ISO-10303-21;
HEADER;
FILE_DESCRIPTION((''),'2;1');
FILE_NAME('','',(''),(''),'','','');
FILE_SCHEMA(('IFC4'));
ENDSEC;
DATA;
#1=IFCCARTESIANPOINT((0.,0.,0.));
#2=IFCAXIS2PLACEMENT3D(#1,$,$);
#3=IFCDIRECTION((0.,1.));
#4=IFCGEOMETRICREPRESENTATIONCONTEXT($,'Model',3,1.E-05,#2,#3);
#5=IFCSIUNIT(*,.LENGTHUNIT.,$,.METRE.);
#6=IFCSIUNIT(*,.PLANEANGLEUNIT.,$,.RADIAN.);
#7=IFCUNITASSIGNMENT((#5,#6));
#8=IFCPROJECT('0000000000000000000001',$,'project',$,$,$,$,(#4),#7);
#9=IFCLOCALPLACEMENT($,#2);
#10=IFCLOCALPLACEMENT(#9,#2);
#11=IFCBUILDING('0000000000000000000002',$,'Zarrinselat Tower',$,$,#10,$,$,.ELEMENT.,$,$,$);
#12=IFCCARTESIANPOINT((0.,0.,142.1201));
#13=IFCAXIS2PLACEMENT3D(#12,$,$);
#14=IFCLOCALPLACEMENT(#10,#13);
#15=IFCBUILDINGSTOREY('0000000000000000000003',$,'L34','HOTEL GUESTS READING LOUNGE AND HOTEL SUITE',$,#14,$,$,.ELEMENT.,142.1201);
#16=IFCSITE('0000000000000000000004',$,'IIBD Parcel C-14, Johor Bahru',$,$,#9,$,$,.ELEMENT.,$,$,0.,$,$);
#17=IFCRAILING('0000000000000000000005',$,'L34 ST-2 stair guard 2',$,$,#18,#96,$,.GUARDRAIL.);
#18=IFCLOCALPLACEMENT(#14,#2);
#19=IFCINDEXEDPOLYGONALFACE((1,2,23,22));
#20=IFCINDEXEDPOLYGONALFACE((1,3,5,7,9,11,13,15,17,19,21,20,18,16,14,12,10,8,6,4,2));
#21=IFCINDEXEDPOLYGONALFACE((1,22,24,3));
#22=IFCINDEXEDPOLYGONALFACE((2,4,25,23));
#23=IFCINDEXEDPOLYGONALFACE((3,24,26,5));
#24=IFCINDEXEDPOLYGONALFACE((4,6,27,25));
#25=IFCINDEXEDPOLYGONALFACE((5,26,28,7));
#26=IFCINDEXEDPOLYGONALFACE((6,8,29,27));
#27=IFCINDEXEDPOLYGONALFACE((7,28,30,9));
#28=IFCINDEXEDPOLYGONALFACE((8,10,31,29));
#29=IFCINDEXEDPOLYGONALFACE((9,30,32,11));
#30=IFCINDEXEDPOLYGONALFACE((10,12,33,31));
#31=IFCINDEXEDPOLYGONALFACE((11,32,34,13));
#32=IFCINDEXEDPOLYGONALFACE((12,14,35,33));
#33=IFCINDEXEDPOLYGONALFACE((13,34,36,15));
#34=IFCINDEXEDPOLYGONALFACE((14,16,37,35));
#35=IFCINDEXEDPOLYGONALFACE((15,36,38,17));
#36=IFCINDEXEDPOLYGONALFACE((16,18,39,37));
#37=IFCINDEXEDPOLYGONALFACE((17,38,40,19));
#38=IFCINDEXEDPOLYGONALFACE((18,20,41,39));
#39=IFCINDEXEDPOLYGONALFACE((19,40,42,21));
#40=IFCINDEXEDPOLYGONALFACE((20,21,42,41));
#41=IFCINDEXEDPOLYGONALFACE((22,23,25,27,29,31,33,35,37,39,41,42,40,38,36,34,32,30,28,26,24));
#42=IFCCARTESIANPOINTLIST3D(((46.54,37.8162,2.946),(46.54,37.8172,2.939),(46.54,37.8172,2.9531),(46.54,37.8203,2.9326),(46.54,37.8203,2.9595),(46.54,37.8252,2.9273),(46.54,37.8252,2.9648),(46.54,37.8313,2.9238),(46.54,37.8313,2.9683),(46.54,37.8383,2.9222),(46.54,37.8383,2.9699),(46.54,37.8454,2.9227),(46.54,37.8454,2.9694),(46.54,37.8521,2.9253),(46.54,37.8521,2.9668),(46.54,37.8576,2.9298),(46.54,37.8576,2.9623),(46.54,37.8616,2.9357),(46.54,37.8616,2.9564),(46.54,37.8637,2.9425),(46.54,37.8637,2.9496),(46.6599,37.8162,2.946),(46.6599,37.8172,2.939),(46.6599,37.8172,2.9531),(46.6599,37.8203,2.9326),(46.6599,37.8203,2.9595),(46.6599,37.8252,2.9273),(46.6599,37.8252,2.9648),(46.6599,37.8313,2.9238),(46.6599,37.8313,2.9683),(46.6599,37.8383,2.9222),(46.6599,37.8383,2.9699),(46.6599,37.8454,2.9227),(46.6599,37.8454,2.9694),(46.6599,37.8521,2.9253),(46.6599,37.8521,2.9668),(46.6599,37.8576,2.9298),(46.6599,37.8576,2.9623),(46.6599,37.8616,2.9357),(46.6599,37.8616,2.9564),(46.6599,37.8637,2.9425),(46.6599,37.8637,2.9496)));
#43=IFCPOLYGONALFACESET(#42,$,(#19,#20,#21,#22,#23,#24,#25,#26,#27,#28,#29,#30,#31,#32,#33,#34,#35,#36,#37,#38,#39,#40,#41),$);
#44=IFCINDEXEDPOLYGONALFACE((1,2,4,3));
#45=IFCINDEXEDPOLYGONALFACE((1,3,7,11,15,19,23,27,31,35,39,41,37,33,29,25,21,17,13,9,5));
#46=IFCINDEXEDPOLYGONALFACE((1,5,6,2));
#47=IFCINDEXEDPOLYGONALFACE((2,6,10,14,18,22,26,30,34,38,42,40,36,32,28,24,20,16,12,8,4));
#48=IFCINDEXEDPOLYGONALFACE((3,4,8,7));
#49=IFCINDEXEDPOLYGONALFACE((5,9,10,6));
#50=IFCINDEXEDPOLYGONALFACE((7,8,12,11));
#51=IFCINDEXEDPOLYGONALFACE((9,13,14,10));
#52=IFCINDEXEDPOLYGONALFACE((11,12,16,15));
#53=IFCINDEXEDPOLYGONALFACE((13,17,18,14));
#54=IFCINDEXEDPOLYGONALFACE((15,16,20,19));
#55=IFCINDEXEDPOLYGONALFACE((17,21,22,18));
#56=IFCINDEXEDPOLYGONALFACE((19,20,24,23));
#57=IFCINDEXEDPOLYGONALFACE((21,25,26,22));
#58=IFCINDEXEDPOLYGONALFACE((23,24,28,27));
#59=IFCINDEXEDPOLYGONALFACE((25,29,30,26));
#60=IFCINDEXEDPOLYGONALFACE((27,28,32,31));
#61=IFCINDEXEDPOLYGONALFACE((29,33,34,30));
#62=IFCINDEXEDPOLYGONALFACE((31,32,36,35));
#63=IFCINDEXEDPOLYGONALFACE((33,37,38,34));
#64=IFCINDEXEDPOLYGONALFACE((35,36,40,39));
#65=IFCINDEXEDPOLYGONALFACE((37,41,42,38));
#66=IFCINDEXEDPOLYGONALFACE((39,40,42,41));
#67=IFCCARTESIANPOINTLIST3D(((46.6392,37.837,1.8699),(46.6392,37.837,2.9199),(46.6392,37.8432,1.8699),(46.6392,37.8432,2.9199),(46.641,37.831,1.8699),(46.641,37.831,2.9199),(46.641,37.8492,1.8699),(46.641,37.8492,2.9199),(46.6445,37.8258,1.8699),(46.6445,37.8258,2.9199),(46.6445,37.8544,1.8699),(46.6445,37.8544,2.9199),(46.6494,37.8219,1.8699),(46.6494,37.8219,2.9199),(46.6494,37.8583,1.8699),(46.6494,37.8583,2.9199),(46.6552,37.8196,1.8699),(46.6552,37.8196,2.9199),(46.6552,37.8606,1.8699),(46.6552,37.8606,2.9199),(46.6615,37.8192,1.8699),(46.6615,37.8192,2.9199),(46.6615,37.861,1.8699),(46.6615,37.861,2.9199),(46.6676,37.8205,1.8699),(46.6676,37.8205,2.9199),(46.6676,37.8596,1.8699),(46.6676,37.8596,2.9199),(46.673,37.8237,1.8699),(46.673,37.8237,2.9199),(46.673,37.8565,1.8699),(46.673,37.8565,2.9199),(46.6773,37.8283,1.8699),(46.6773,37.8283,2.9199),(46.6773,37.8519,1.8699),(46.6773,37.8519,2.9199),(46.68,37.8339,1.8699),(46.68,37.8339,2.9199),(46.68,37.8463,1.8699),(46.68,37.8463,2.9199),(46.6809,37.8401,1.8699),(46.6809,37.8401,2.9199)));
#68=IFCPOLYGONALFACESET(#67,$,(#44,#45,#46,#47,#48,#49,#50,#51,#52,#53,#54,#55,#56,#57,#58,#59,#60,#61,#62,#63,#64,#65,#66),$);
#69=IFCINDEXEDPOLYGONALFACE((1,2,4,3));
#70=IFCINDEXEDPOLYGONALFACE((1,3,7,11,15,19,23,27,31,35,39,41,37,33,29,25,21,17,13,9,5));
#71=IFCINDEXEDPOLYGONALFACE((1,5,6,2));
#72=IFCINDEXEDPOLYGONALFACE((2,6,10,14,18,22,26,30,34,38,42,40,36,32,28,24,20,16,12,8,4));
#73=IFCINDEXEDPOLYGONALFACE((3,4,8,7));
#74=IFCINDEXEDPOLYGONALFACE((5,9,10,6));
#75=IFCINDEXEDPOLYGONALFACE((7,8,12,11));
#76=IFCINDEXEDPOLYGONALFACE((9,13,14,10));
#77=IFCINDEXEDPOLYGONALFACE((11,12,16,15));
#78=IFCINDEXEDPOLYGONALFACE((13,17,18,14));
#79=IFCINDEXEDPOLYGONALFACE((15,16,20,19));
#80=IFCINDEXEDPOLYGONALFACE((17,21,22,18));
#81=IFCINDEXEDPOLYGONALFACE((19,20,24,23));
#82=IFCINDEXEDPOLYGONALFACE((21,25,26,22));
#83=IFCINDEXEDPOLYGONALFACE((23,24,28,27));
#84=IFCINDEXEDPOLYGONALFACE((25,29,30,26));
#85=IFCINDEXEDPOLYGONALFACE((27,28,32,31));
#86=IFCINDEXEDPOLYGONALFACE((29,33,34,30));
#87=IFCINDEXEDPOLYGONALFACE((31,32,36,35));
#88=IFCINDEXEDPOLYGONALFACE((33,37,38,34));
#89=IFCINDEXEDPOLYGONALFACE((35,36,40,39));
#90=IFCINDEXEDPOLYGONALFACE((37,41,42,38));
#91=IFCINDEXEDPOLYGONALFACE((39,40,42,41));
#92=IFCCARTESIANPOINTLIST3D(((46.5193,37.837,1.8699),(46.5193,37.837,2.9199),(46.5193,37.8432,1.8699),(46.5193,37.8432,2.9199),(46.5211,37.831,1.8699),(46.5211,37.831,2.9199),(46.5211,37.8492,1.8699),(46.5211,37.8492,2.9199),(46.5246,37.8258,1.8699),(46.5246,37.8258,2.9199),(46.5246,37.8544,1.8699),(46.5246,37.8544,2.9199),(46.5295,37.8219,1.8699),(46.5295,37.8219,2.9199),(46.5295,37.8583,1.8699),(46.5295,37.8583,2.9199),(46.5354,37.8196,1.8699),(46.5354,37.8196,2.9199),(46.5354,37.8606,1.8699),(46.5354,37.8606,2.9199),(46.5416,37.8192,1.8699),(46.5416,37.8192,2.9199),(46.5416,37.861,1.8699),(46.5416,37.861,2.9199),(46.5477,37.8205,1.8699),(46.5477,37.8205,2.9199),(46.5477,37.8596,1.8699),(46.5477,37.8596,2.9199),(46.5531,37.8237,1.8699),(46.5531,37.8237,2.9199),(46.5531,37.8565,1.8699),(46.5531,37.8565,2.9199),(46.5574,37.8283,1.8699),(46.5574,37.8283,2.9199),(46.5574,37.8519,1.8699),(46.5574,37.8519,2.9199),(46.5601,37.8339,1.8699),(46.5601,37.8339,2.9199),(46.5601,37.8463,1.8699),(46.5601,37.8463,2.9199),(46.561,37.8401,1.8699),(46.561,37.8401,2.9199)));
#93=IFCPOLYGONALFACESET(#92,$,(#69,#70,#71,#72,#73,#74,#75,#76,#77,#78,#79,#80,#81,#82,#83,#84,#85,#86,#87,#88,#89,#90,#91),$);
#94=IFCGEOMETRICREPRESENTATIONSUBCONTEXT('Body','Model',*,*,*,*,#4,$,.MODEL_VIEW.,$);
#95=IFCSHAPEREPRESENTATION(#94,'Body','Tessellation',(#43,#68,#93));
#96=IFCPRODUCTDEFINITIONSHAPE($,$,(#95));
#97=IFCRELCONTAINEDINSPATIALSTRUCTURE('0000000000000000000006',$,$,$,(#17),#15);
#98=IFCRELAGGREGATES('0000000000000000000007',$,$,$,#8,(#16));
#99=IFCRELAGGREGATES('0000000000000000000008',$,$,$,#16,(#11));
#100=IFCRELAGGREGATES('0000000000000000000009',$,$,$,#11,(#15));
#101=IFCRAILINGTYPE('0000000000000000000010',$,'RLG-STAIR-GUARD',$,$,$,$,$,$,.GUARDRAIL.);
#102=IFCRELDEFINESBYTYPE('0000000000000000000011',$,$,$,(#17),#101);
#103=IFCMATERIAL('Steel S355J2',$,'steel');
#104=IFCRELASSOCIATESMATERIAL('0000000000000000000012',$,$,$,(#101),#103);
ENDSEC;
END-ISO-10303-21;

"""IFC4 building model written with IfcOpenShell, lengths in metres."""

from ifc_helpers import new_model, si_unit, direction, frame, origin, origin_2d, place, context, subcontext, project, spatial, circle, extrude, material, type_object, element, save


model = new_model("IFC4")

# Units and contexts
model_context = context("Model", 3, precision=1e-05, world=origin(), true_north=direction((0.0, 1.0)))
body_context = subcontext(model_context, "Body", "Model", "MODEL_VIEW")
ifc_project = project(units=[si_unit("LENGTHUNIT", "METRE"), si_unit("PLANEANGLEUNIT", "RADIAN")], contexts=[model_context])

# Site, building, storey
site_placement = place(None, origin())
site = spatial("IfcSite", under=ifc_project, at=site_placement, Name="IIBD Parcel C-14, Johor Bahru", CompositionType="ELEMENT", RefElevation=0.0)
building_placement = place(site_placement, origin())
building = spatial("IfcBuilding", under=site, at=building_placement, Name="Zarrinselat Tower", CompositionType="ELEMENT")
storey_placement = place(building_placement, frame((0.0, 0.0, 142.1201)))
storey = spatial("IfcBuildingStorey", under=building, at=storey_placement, Name="L34", Description="HOTEL GUESTS READING LOUNGE AND HOTEL SUITE", CompositionType="ELEMENT", Elevation=142.1201)

# Railing
ifc_material_1 = material(Name="Steel S355J2", Category="steel")
railing_type_1 = type_object("IfcRailingType", Name="RLG-STAIR-GUARD", PredefinedType="GUARDRAIL", material=ifc_material_1)
railing_1_placement = place(storey_placement, frame((46.6599, 37.8401, 1.8699)))
element("IfcRailing", 1, at=railing_1_placement, inside=storey, type_object=railing_type_1, Name="L34 ST-2 stair guard 2", PredefinedType="GUARDRAIL", context=body_context, shape_type="SweptSolid", body=[
    extrude(circle(Radius=0.0239, at=origin_2d()), frame((0.0, 0.0, 1.0762), z_axis=(-1.0, 0.0, 0.0), x_axis=(0.0, -1.0, 0.0)), (0.0, 0.0, 1.0), 0.1199),
    extrude(circle(Radius=0.021, at=origin_2d()), origin(), (0.0, 0.0, 1.0), 1.05),
    extrude(circle(Radius=0.021, at=origin_2d()), frame((-0.1199, 0.0, 0.0)), (0.0, 0.0, 1.0), 1.05),
])

save(model, "model.ifc")
